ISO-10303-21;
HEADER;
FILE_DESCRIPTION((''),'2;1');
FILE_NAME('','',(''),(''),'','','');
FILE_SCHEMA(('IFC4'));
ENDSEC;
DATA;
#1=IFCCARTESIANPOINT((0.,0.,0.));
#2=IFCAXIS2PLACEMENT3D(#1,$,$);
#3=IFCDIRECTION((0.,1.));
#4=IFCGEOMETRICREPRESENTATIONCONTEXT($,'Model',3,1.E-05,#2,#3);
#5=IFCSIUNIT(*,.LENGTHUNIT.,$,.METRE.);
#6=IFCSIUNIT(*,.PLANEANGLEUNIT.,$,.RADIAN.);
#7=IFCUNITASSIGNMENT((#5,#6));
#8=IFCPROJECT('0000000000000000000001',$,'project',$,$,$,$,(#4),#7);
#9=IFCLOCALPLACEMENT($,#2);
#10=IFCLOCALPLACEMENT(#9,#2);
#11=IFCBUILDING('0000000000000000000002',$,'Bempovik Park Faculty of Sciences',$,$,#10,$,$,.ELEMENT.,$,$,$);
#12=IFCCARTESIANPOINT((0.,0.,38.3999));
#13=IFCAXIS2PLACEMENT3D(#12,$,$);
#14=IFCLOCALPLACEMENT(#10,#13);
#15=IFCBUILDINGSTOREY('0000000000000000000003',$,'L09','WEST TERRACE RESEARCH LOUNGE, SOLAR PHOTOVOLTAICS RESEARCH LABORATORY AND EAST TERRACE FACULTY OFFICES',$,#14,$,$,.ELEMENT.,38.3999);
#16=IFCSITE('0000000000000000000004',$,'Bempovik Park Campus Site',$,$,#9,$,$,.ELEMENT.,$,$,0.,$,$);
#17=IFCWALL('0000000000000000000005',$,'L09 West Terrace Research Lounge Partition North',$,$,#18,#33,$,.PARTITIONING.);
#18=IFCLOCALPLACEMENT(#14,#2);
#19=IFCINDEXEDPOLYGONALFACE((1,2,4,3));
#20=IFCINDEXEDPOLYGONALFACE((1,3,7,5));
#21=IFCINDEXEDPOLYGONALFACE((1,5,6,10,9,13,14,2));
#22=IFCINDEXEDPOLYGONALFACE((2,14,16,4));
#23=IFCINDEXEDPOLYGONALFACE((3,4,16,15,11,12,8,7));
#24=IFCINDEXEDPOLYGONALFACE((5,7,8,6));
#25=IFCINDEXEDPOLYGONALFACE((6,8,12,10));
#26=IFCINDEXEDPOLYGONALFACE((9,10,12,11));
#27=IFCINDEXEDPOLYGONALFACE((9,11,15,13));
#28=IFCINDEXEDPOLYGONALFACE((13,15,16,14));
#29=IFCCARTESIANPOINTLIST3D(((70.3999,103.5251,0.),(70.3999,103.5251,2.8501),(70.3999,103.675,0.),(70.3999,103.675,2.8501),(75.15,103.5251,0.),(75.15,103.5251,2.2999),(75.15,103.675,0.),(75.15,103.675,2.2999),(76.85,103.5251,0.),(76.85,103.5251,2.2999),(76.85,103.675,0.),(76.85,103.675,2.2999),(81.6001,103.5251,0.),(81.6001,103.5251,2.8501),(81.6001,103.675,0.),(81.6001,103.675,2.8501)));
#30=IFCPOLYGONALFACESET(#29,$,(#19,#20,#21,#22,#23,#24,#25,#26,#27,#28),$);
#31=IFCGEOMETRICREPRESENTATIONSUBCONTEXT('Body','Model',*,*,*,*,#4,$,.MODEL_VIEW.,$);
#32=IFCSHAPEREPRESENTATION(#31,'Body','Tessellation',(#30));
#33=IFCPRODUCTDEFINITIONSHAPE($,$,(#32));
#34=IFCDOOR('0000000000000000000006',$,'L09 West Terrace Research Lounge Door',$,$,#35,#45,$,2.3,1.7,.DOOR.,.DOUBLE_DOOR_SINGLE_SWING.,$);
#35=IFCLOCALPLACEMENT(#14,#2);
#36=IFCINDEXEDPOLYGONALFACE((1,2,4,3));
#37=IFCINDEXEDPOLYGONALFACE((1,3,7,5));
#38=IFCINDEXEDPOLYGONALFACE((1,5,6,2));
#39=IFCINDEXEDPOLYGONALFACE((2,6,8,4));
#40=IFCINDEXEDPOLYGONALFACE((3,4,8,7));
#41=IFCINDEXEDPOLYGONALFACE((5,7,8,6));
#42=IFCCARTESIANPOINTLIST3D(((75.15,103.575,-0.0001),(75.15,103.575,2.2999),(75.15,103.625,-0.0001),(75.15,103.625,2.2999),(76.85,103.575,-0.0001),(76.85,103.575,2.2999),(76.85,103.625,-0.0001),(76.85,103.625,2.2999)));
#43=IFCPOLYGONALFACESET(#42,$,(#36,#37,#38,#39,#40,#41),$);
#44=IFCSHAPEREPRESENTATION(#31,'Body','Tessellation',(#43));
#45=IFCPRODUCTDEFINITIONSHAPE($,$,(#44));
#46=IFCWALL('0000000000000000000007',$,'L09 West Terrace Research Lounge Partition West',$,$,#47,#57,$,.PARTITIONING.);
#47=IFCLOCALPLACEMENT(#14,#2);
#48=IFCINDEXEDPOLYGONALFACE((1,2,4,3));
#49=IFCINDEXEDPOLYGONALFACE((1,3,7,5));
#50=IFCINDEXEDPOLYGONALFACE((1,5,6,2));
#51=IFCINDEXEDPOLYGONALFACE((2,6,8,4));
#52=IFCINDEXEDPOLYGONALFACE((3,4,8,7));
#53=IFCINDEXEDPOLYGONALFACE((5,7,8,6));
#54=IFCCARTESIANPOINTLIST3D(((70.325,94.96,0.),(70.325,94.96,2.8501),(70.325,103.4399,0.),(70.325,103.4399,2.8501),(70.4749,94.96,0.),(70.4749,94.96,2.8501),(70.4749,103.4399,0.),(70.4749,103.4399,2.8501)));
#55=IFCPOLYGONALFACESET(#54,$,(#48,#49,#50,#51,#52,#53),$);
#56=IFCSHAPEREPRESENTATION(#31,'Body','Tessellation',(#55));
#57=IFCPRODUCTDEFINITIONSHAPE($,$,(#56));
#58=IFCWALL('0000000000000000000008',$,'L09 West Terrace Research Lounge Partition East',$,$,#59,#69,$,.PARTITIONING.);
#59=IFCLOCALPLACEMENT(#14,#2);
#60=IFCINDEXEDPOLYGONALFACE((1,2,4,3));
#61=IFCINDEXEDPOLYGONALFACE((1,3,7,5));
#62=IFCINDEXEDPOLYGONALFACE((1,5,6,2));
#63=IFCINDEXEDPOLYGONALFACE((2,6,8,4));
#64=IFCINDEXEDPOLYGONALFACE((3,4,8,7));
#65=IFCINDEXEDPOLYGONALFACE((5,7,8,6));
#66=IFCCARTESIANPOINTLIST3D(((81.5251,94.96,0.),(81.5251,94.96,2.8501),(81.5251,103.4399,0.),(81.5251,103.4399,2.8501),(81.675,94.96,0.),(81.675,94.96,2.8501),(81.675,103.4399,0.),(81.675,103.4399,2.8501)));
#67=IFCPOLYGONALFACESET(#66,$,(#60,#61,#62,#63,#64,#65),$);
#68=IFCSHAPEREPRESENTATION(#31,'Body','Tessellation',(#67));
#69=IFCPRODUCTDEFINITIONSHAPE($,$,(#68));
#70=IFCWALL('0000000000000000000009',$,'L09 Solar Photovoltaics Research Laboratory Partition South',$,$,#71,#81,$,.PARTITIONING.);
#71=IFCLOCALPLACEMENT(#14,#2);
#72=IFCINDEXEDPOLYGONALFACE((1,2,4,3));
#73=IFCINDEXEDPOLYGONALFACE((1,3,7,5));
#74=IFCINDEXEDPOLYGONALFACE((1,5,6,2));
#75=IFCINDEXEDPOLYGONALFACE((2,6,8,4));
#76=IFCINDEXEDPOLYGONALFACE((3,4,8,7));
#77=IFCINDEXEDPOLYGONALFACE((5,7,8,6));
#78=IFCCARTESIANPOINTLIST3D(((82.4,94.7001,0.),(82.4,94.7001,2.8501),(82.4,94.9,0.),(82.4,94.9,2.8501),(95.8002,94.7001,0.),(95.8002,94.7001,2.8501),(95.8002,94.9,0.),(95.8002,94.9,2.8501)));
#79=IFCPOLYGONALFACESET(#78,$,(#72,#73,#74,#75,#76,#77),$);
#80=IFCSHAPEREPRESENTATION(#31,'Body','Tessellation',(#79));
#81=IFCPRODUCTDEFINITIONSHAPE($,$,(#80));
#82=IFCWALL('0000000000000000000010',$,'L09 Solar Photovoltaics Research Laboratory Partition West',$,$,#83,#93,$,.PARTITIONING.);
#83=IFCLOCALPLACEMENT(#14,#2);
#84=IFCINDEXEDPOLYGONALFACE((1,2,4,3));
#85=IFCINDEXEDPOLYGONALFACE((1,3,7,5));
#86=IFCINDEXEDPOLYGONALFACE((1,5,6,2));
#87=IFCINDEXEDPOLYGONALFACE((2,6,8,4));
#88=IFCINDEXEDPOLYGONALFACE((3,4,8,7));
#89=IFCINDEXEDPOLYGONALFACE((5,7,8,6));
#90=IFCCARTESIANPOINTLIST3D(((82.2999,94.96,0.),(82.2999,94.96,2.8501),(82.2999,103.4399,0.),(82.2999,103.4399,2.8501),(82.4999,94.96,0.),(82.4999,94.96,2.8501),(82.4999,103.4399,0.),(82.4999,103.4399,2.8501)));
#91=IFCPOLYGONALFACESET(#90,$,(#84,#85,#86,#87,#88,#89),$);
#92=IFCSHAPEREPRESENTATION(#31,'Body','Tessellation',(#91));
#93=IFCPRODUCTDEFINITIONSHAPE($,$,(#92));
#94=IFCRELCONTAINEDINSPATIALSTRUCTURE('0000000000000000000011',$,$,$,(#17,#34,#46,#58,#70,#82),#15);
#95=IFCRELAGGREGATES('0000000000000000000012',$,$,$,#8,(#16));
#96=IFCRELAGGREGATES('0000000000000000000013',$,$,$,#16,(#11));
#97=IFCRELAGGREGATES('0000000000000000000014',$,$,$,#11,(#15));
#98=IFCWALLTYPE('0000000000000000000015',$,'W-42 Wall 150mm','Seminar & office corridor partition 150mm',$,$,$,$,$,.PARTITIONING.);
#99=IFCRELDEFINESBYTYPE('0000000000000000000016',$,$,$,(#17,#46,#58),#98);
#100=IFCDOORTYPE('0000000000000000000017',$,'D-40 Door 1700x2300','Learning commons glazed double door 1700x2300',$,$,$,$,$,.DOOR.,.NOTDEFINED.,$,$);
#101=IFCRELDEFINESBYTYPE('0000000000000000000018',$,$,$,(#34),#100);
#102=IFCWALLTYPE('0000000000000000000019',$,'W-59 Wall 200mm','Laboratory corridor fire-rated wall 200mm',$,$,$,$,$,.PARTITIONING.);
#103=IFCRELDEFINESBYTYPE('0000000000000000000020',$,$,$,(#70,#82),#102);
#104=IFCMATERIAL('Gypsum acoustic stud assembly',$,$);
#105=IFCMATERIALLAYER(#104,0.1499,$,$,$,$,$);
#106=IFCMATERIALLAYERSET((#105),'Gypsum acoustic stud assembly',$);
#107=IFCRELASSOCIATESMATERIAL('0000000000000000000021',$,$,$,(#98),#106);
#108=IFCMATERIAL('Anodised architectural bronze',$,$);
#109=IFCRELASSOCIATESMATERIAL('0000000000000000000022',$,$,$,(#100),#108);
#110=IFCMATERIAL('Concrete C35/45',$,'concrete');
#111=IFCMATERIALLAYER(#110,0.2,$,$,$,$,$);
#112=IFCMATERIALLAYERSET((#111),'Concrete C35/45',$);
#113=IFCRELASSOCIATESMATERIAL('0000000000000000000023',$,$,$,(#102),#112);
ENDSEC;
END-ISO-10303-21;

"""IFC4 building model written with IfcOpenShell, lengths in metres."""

from ifc_helpers import new_model, si_unit, direction, frame, frame_2d, origin, place, context, subcontext, project, spatial, rectangle, extrude, material, layer, layer_set, type_object, element, fill, save


model = new_model("IFC4")

# Units and contexts
model_context = context("Model", 3, precision=1e-05, world=origin(), true_north=direction((0.0, 1.0)))
body_context = subcontext(model_context, "Body", "Model", "MODEL_VIEW")
ifc_project = project(units=[si_unit("LENGTHUNIT", "METRE"), si_unit("PLANEANGLEUNIT", "RADIAN")], contexts=[model_context])

# Site, building, storey
site_placement = place(None, origin())
site = spatial("IfcSite", under=ifc_project, at=site_placement, Name="Bempovik Park Campus Site", CompositionType="ELEMENT", RefElevation=0.0)
building_placement = place(site_placement, origin())
building = spatial("IfcBuilding", under=site, at=building_placement, Name="Bempovik Park Faculty of Sciences", CompositionType="ELEMENT")
storey_placement = place(building_placement, frame((0.0, 0.0, 38.3999)))
storey = spatial("IfcBuildingStorey", under=building, at=storey_placement, Name="L09", Description="WEST TERRACE RESEARCH LOUNGE, SOLAR PHOTOVOLTAICS RESEARCH LABORATORY AND EAST TERRACE FACULTY OFFICES", CompositionType="ELEMENT", Elevation=38.3999)

# Shared definitions
ifc_material_1 = material(Name="Concrete C35/45", Category="concrete")

# Shared definitions
ifc_material_2 = material(Name="Gypsum acoustic stud assembly")

# Shared definitions
ifc_layer_1 = layer(ifc_material_2, 0.1499)
ifc_layer_set_1 = layer_set([ifc_layer_1], Name="Gypsum acoustic stud assembly")
wall_type_1 = type_object("IfcWallType", Name="W-42 Wall 150mm", Description="Seminar & office corridor partition 150mm", PredefinedType="PARTITIONING", material=ifc_layer_set_1)

# Wall, opening, door
wall_1_placement = place(storey_placement, frame((70.3999, 103.6001, 0.0), z_axis=(0.0, 0.0, 1.0), x_axis=(1.0, 0.0, 0.0)))
wall_1 = element("IfcWall", 1, at=wall_1_placement, inside=storey, type_object=wall_type_1, Name="L09 West Terrace Research Lounge Partition North", PredefinedType="PARTITIONING", context=body_context, shape_type="SweptSolid", body=[
    extrude(rectangle(XDim=11.2002, YDim=0.1499, at=frame_2d((5.6001, 0.0))), origin(), (0.0, 0.0, 1.0), 2.8501),
])
opening_1_placement = place(wall_1_placement, frame((4.75, 0.0, 0.0)))
opening_1 = element("IfcOpeningElement", 2, at=opening_1_placement, cuts=wall_1, PredefinedType="OPENING", context=body_context, shape_type="SweptSolid", body=[
    extrude(rectangle(XDim=1.7, YDim=2.3, at=frame_2d((0.8501, 1.1499))), frame((0.0, 0.085, 0.0), z_axis=(0.0, -1.0, 0.0), x_axis=(1.0, 0.0, 0.0)), (0.0, 0.0, 1.0), 0.1699),
])
ifc_material_3 = material(Name="Anodised architectural bronze")
door_type_1 = type_object("IfcDoorType", Name="D-40 Door 1700x2300", Description="Learning commons glazed double door 1700x2300", OperationType="NOTDEFINED", PredefinedType="DOOR", material=ifc_material_3)
door_1_placement = place(opening_1_placement, origin())
door_1 = element("IfcDoor", 3, at=door_1_placement, inside=storey, type_object=door_type_1, Name="L09 West Terrace Research Lounge Door", OperationType="DOUBLE_DOOR_SINGLE_SWING", OverallHeight=2.3, OverallWidth=1.7, PredefinedType="DOOR", context=body_context, shape_type="SweptSolid", body=[
    extrude(rectangle(XDim=1.7, YDim=2.3, at=frame_2d((0.8501, 1.1499))), frame((0.0, 0.0249, 0.0), z_axis=(0.0, -1.0, 0.0), x_axis=(1.0, 0.0, 0.0)), (0.0, 0.0, 1.0), 0.05),
])
fill(opening_1, door_1)

# Walls
for number, where, z_axis, x_axis, name in (
    (4, (70.3999, 94.96, 0.0), (0.0, 0.0, 1.0), (0.0, 1.0, 0.0), "L09 West Terrace Research Lounge Partition West"),
    (5, (81.6001, 94.96, 0.0), (0.0, 0.0, 1.0), (0.0, 1.0, 0.0), "L09 West Terrace Research Lounge Partition East"),
):
    element("IfcWall", number, at=place(storey_placement, frame(where, z_axis=z_axis, x_axis=x_axis)), inside=storey, type_object=wall_type_1, Name=name, PredefinedType="PARTITIONING", context=body_context, shape_type="SweptSolid", body=[
        extrude(rectangle(XDim=8.48, YDim=0.1499, at=frame_2d((4.24, 0.0))), origin(), (0.0, 0.0, 1.0), 2.8501),
    ])
ifc_layer_2 = layer(ifc_material_1, 0.2)
ifc_layer_set_2 = layer_set([ifc_layer_2], Name="Concrete C35/45")
wall_type_2 = type_object("IfcWallType", Name="W-59 Wall 200mm", Description="Laboratory corridor fire-rated wall 200mm", PredefinedType="PARTITIONING", material=ifc_layer_set_2)
wall_2_placement = place(storey_placement, frame((82.3999, 94.8, 0.0), z_axis=(0.0, 0.0, 1.0), x_axis=(1.0, 0.0, 0.0)))
element("IfcWall", 6, at=wall_2_placement, inside=storey, type_object=wall_type_2, Name="L09 Solar Photovoltaics Research Laboratory Partition South", PredefinedType="PARTITIONING", context=body_context, shape_type="SweptSolid", body=[
    extrude(rectangle(XDim=13.4001, YDim=0.2, at=frame_2d((6.7002, 0.0))), origin(), (0.0, 0.0, 1.0), 2.8501),
])
wall_3_placement = place(storey_placement, frame((82.3999, 94.96, 0.0), z_axis=(0.0, 0.0, 1.0), x_axis=(0.0, 1.0, 0.0)))
element("IfcWall", 7, at=wall_3_placement, inside=storey, type_object=wall_type_2, Name="L09 Solar Photovoltaics Research Laboratory Partition West", PredefinedType="PARTITIONING", context=body_context, shape_type="SweptSolid", body=[
    extrude(rectangle(XDim=8.48, YDim=0.2, at=frame_2d((4.24, 0.0))), origin(), (0.0, 0.0, 1.0), 2.8501),
])

save(model, "model.ifc")
